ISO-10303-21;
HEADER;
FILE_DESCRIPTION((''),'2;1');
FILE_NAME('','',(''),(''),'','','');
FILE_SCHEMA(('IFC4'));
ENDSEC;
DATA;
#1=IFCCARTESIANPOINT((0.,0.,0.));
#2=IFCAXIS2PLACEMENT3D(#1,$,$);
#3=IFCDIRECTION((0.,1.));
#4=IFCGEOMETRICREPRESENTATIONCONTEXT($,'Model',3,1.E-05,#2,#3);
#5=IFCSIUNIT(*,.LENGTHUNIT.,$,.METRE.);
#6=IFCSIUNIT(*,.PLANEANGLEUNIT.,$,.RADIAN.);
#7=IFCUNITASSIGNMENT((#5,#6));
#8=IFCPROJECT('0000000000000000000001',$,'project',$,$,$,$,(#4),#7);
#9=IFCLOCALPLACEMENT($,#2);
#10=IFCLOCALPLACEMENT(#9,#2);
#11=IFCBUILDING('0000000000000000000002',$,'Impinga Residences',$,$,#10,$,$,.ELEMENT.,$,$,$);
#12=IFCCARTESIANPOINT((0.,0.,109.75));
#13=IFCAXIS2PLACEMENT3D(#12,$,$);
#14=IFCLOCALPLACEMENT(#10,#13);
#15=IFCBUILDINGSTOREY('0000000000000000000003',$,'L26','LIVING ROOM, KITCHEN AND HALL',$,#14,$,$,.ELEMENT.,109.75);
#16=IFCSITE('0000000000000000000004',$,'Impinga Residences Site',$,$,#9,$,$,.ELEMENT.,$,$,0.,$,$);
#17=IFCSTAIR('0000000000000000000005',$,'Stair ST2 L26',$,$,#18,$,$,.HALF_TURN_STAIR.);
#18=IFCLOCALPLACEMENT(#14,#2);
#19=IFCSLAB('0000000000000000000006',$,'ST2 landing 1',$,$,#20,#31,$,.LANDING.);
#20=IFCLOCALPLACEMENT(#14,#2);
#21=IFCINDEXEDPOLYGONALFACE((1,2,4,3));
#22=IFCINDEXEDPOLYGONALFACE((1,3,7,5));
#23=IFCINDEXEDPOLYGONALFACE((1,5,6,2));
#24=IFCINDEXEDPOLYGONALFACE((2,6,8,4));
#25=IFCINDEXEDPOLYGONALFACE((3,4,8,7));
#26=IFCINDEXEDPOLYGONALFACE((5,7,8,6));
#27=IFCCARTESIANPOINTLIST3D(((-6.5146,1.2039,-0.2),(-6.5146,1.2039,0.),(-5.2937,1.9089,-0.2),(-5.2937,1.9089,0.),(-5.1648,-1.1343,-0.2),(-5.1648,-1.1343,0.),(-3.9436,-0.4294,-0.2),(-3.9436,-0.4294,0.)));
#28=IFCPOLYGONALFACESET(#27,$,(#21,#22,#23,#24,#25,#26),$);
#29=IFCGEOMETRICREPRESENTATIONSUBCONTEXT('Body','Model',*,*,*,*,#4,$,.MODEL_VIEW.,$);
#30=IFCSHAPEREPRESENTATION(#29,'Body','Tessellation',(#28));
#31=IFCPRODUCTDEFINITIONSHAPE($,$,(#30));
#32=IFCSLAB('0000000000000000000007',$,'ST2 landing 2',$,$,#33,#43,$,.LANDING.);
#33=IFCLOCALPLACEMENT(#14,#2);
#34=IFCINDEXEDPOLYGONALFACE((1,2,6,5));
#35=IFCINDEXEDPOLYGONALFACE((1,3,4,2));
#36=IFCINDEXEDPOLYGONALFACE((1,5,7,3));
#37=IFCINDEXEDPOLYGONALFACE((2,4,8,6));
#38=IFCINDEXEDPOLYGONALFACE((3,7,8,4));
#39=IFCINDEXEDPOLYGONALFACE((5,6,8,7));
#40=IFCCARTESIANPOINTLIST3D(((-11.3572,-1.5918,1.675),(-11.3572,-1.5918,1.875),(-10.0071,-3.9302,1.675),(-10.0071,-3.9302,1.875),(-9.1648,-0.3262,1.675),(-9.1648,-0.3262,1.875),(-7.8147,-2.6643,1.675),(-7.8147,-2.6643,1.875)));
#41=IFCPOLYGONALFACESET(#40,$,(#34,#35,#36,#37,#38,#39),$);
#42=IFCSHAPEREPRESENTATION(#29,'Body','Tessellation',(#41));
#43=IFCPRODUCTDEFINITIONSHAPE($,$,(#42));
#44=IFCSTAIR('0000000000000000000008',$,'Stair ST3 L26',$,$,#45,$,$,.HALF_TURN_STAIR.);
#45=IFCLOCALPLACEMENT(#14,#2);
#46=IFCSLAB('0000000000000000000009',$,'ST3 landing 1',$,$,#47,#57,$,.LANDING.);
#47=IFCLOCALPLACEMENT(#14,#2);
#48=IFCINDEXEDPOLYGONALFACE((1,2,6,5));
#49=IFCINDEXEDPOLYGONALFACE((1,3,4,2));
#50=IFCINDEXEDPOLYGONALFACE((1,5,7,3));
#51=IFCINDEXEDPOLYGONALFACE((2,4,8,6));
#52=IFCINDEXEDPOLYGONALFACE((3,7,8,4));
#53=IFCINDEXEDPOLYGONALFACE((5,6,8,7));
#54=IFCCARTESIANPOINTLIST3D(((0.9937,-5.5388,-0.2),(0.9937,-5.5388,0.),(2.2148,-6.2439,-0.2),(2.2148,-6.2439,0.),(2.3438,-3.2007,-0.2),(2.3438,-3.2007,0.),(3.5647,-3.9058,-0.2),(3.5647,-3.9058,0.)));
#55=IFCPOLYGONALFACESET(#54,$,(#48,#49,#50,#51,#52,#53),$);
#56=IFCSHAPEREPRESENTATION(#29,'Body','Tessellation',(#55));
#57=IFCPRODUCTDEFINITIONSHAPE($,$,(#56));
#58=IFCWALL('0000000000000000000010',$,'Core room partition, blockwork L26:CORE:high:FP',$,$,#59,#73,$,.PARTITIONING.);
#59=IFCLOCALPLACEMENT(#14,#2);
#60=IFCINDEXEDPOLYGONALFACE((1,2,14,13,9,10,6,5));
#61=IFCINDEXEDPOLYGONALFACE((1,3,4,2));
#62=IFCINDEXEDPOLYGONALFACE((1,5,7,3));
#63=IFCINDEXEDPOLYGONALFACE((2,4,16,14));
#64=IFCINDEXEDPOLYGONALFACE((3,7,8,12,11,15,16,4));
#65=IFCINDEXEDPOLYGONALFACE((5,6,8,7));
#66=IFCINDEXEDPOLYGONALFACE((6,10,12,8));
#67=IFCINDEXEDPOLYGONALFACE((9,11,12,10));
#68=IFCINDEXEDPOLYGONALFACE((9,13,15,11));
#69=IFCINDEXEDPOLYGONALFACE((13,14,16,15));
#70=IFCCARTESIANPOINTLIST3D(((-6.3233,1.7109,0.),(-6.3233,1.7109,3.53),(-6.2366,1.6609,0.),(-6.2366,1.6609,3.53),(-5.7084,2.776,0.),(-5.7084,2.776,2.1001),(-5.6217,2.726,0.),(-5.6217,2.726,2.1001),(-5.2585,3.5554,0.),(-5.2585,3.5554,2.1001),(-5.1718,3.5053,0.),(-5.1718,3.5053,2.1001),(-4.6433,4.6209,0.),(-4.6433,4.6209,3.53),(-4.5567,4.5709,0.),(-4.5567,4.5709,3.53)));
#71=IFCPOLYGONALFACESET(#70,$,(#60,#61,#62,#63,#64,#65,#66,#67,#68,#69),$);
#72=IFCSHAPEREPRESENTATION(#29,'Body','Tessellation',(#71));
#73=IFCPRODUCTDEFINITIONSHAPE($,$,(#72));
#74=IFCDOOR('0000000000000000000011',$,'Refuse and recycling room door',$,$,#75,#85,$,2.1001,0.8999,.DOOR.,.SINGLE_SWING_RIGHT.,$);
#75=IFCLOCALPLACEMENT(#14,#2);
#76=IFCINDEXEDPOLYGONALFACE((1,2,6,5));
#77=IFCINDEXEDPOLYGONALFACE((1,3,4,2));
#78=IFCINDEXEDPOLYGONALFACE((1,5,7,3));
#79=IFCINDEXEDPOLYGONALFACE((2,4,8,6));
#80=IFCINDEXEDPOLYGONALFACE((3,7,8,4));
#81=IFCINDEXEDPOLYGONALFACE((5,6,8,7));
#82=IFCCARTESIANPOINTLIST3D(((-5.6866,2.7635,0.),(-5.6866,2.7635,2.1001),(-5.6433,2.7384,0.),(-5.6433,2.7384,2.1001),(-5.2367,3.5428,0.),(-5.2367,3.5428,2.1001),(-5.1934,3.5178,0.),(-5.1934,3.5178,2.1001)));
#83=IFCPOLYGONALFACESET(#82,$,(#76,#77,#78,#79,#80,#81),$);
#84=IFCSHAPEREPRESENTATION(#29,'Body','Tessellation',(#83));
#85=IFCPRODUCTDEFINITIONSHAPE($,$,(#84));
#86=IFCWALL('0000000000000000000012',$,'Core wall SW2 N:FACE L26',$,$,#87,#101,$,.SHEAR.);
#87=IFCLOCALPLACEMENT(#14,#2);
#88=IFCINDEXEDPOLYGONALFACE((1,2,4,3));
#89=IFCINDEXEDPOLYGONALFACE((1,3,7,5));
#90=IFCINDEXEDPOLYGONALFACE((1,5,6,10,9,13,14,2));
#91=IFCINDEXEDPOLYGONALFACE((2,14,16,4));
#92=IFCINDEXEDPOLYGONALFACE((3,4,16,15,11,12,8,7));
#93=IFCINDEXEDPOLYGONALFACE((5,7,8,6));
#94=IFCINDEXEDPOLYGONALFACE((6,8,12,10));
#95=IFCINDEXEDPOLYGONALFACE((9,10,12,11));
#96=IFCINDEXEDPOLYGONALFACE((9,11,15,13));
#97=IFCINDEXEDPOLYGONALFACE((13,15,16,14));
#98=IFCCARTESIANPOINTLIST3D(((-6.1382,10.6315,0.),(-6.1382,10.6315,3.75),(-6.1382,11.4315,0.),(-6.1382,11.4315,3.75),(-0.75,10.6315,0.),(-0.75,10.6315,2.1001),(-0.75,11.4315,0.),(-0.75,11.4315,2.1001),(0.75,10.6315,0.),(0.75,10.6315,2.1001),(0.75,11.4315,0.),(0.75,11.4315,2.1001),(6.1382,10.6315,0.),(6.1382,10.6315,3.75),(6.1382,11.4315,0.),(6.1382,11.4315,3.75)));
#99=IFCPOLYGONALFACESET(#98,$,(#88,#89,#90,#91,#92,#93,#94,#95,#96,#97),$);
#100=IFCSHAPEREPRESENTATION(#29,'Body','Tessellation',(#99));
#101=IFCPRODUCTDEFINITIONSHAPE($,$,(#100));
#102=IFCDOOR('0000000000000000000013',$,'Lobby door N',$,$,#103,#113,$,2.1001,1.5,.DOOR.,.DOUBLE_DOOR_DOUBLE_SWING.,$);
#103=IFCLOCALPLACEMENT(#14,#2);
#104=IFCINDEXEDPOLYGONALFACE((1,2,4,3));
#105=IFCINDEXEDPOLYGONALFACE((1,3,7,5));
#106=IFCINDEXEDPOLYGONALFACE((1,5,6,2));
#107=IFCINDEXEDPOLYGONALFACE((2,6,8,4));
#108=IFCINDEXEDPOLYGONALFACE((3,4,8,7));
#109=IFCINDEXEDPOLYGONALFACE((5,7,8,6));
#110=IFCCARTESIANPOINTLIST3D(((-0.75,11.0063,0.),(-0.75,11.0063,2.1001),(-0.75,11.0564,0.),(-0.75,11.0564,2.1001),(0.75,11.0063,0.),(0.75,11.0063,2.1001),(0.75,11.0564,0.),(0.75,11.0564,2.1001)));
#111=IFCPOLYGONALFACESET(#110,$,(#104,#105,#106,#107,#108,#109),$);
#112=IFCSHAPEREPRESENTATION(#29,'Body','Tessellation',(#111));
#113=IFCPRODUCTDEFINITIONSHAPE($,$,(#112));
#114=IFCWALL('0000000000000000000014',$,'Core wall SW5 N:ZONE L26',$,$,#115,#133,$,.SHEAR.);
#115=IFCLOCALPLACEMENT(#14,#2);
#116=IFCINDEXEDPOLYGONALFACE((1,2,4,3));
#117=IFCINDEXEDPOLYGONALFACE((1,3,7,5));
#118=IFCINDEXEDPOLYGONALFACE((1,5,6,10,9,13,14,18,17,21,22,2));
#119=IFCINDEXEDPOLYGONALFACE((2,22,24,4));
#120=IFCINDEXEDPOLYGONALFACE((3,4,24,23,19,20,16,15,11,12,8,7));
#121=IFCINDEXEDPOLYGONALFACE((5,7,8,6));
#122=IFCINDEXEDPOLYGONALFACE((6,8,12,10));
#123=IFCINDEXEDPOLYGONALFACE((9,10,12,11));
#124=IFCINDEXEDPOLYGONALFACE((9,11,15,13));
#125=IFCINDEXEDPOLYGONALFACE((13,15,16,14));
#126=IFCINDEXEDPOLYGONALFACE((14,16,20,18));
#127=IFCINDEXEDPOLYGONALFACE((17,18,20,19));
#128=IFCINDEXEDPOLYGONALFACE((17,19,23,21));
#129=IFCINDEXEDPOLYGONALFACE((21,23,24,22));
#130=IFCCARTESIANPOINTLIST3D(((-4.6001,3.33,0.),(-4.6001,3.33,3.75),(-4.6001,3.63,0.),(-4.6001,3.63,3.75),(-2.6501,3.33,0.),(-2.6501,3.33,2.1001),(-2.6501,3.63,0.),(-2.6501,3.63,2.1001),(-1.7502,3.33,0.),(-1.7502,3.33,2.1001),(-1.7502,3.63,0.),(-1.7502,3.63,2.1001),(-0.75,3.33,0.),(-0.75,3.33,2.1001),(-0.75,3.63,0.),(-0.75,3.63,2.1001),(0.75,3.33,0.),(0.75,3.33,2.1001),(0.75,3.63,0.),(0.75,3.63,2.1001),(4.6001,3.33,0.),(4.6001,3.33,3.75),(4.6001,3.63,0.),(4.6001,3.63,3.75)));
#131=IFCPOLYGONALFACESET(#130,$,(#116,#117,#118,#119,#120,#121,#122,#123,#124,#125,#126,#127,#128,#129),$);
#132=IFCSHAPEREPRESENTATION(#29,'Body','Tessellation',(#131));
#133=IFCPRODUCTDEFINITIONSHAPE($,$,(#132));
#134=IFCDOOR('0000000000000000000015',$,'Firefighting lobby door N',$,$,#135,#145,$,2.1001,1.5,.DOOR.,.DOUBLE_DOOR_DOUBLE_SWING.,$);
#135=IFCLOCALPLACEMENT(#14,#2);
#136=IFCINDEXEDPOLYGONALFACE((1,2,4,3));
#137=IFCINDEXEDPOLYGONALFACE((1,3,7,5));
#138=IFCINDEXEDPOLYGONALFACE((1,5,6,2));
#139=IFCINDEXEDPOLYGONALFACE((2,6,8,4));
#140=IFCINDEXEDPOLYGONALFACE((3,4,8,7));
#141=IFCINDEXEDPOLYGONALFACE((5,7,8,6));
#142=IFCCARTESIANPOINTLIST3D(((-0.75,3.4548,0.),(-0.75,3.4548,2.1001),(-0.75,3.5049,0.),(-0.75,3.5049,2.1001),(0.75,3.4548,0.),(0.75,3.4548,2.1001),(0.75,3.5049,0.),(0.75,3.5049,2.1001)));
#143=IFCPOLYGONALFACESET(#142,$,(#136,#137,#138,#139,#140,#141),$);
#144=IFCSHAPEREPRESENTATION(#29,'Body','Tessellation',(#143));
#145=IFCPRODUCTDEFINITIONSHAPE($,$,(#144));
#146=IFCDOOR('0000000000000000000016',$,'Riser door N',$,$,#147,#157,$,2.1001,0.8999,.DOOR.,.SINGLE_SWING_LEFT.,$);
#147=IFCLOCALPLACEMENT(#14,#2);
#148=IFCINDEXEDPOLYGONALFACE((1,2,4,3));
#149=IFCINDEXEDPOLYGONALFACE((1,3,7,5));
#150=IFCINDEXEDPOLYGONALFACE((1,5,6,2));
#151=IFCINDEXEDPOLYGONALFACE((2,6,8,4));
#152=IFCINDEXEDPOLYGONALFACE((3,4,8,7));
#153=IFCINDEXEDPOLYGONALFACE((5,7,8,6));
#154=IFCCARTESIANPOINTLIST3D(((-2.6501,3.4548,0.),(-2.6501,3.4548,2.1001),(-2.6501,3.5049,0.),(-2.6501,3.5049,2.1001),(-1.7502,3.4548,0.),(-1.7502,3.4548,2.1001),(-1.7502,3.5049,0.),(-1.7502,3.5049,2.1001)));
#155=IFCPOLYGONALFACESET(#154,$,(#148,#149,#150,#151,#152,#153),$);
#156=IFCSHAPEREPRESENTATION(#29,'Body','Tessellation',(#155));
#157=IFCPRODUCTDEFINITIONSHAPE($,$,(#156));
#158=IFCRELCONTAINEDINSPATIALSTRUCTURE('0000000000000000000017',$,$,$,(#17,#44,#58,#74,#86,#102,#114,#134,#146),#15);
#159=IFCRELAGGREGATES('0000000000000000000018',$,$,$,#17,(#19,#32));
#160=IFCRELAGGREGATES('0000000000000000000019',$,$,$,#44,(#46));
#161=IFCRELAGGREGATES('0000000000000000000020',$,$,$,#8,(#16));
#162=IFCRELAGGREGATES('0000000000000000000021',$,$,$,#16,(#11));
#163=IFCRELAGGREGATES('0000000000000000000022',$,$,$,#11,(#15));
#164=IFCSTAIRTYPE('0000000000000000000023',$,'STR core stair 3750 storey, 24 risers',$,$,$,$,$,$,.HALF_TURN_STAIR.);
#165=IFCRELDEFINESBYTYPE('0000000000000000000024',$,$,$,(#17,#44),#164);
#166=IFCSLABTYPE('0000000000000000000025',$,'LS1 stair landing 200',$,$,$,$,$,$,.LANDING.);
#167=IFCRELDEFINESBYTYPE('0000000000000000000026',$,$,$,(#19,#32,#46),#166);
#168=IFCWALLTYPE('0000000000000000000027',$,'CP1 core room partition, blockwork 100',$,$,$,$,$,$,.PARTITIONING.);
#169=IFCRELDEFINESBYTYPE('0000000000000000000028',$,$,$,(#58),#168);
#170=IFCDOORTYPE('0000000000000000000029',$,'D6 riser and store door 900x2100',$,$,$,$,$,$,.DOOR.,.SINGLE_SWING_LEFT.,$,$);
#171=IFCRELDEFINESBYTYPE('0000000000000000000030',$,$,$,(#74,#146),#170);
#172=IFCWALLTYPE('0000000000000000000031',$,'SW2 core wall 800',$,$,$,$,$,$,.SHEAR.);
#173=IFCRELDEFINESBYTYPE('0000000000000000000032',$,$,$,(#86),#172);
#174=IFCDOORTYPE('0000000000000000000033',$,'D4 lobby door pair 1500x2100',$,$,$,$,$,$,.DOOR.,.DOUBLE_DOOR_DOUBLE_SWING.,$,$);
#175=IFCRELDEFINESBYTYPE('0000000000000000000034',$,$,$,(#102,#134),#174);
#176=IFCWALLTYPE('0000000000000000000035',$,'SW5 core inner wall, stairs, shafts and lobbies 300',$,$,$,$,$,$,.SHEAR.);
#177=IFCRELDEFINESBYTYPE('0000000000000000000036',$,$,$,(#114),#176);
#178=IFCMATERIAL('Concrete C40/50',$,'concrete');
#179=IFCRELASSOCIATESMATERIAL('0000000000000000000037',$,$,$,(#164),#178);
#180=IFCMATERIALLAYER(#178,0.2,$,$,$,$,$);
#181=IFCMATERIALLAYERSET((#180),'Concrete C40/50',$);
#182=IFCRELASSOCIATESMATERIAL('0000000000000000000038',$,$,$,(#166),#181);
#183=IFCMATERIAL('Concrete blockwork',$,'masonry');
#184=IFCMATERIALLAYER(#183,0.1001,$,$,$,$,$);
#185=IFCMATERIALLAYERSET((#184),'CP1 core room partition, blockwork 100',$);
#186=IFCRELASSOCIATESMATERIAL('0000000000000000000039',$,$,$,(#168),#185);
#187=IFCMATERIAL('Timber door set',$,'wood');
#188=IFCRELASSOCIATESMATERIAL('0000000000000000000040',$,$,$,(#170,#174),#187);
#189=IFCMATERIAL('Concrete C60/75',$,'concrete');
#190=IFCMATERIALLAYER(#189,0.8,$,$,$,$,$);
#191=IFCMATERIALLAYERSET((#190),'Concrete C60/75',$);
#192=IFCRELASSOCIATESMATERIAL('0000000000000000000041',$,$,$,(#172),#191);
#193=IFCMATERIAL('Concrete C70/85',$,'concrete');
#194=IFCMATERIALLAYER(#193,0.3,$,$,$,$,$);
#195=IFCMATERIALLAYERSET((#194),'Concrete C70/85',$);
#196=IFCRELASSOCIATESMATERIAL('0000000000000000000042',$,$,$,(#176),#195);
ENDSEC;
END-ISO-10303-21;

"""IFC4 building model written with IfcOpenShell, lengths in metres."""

from ifc_helpers import new_model, si_unit, direction, frame, frame_2d, origin, place, context, subcontext, project, spatial, polyline, rectangle, outline, extrude, material, layer, layer_set, type_object, element, fill, aggregate, save


model = new_model("IFC4")

# Units and contexts
model_context = context("Model", 3, precision=1e-05, world=origin(), true_north=direction((0.0, 1.0)))
body_context = subcontext(model_context, "Body", "Model", "MODEL_VIEW")
ifc_project = project(units=[si_unit("LENGTHUNIT", "METRE"), si_unit("PLANEANGLEUNIT", "RADIAN")], contexts=[model_context])

# Site, building, storey
site_placement = place(None, origin())
site = spatial("IfcSite", under=ifc_project, at=site_placement, Name="Impinga Residences Site", CompositionType="ELEMENT", RefElevation=0.0)
building_placement = place(site_placement, origin())
building = spatial("IfcBuilding", under=site, at=building_placement, Name="Impinga Residences", CompositionType="ELEMENT")
storey_placement = place(building_placement, frame((0.0, 0.0, 109.75)))
storey = spatial("IfcBuildingStorey", under=building, at=storey_placement, Name="L26", Description="LIVING ROOM, KITCHEN AND HALL", CompositionType="ELEMENT", Elevation=109.75)

# Stair, slabs
ifc_material_1 = material(Name="Concrete C40/50", Category="concrete")
stair_type = type_object("IfcStairType", Name="STR core stair 3750 storey, 24 risers", PredefinedType="HALF_TURN_STAIR", material=ifc_material_1)
stair_1_placement = place(storey_placement, origin())
stair_1 = element("IfcStair", 1, at=stair_1_placement, inside=storey, type_object=stair_type, Name="Stair ST2 L26", PredefinedType="HALF_TURN_STAIR")
ifc_layer_1 = layer(ifc_material_1, 0.2)
ifc_layer_set_1 = layer_set([ifc_layer_1], Name="Concrete C40/50")
slab_type = type_object("IfcSlabType", Name="LS1 stair landing 200", PredefinedType="LANDING", material=ifc_layer_set_1)
slab_1_placement = place(storey_placement, frame((0.0, 0.0, -0.2)))
slab_1 = element("IfcSlab", 2, at=slab_1_placement, type_object=slab_type, Name="ST2 landing 1", PredefinedType="LANDING", context=body_context, shape_type="SweptSolid", body=[
    extrude(outline(polyline([(-3.9436, -0.4294), (-5.2937, 1.9089), (-6.5146, 1.2039), (-5.1648, -1.1343), (-3.9436, -0.4294)])), origin(), (0.0, 0.0, 1.0), 0.2),
])
slab_2_placement = place(storey_placement, frame((0.0, 0.0, 1.675)))
slab_2 = element("IfcSlab", 3, at=slab_2_placement, type_object=slab_type, Name="ST2 landing 2", PredefinedType="LANDING", context=body_context, shape_type="SweptSolid", body=[
    extrude(outline(polyline([(-7.8147, -2.6643), (-9.1648, -0.3262), (-11.3572, -1.5918), (-10.0071, -3.9302), (-7.8147, -2.6643)])), origin(), (0.0, 0.0, 1.0), 0.2),
])
aggregate(stair_1, [slab_1, slab_2])

# Stair, slab
stair_2_placement = place(storey_placement, origin())
stair_2 = element("IfcStair", 4, at=stair_2_placement, inside=storey, type_object=stair_type, Name="Stair ST3 L26", PredefinedType="HALF_TURN_STAIR")
slab_3_placement = place(storey_placement, frame((0.0, 0.0, -0.2)))
slab_3 = element("IfcSlab", 5, at=slab_3_placement, type_object=slab_type, Name="ST3 landing 1", PredefinedType="LANDING", context=body_context, shape_type="SweptSolid", body=[
    extrude(outline(polyline([(2.3438, -3.2007), (0.9937, -5.5388), (2.2148, -6.2439), (3.5647, -3.9058), (2.3438, -3.2007)])), origin(), (0.0, 0.0, 1.0), 0.2),
])
aggregate(stair_2, [slab_3])

# Walls, openings, doors
ifc_material_2 = material(Name="Concrete blockwork", Category="masonry")
ifc_layer_2 = layer(ifc_material_2, 0.1001)
ifc_layer_set_2 = layer_set([ifc_layer_2], Name="CP1 core room partition, blockwork 100")
wall_type_1 = type_object("IfcWallType", Name="CP1 core room partition, blockwork 100", PredefinedType="PARTITIONING", material=ifc_layer_set_2)
wall_1_placement = place(storey_placement, frame((-6.28, 1.6858, 0.0), z_axis=(0.0, 0.0, 1.0), x_axis=(0.499976, 0.866039, 0.0)))
wall_1 = element("IfcWall", 6, at=wall_1_placement, inside=storey, type_object=wall_type_1, Name="Core room partition, blockwork L26:CORE:high:FP", PredefinedType="PARTITIONING", context=body_context, shape_type="SweptSolid", body=[
    extrude(rectangle(XDim=3.3601, YDim=0.1001, at=frame_2d((1.6802, 0.0))), origin(), (0.0, 0.0, 1.0), 3.53),
])
opening_1_placement = place(wall_1_placement, frame((1.23, 0.0, 0.0)))
opening_1 = element("IfcOpeningElement", 7, at=opening_1_placement, cuts=wall_1, PredefinedType="OPENING", context=body_context, shape_type="SweptSolid", body=[
    extrude(rectangle(XDim=0.8999, YDim=2.1001, at=frame_2d((0.45, 1.05))), frame((0.0, 0.0601, 0.0), z_axis=(0.0, -1.0, 0.0), x_axis=(1.0, 0.0, 0.0)), (0.0, 0.0, 1.0), 0.1201),
])
ifc_material_3 = material(Name="Timber door set", Category="wood")
door_type_1 = type_object("IfcDoorType", Name="D6 riser and store door 900x2100", OperationType="SINGLE_SWING_LEFT", PredefinedType="DOOR", material=ifc_material_3)
door_1_placement = place(opening_1_placement, origin())
door_1 = element("IfcDoor", 8, at=door_1_placement, inside=storey, type_object=door_type_1, Name="Refuse and recycling room door", OperationType="SINGLE_SWING_RIGHT", OverallHeight=2.1001, OverallWidth=0.8999, PredefinedType="DOOR", context=body_context, shape_type="SweptSolid", body=[
    extrude(rectangle(XDim=0.8999, YDim=2.1001, at=frame_2d((0.45, 1.05))), frame((0.0, 0.0249, 0.0), z_axis=(0.0, -1.0, 0.0), x_axis=(1.0, 0.0, 0.0)), (0.0, 0.0, 1.0), 0.05),
])
fill(opening_1, door_1)
ifc_material_4 = material(Name="Concrete C60/75", Category="concrete")
ifc_layer_3 = layer(ifc_material_4, 0.8)
ifc_layer_set_3 = layer_set([ifc_layer_3], Name="Concrete C60/75")
wall_type_2 = type_object("IfcWallType", Name="SW2 core wall 800", PredefinedType="SHEAR", material=ifc_layer_set_3)
wall_2_placement = place(storey_placement, frame((-6.1382, 11.0315, 0.0), z_axis=(0.0, 0.0, 1.0), x_axis=(1.0, 0.0, 0.0)))
wall_2 = element("IfcWall", 9, at=wall_2_placement, inside=storey, type_object=wall_type_2, Name="Core wall SW2 N:FACE L26", PredefinedType="SHEAR", context=body_context, shape_type="SweptSolid", body=[
    extrude(rectangle(XDim=12.2764, YDim=0.8, at=frame_2d((6.1382, 0.0))), origin(), (0.0, 0.0, 1.0), 3.75),
])
opening_2_placement = place(wall_2_placement, frame((5.3882, 0.0, 0.0)))
opening_2 = element("IfcOpeningElement", 10, at=opening_2_placement, cuts=wall_2, PredefinedType="OPENING", context=body_context, shape_type="SweptSolid", body=[
    extrude(rectangle(XDim=1.5, YDim=2.1001, at=frame_2d((0.75, 1.05))), frame((0.0, 0.4099, 0.0), z_axis=(0.0, -1.0, 0.0), x_axis=(1.0, 0.0, 0.0)), (0.0, 0.0, 1.0), 0.8201),
])
door_type_2 = type_object("IfcDoorType", Name="D4 lobby door pair 1500x2100", OperationType="DOUBLE_DOOR_DOUBLE_SWING", PredefinedType="DOOR", material=ifc_material_3)
door_2_placement = place(opening_2_placement, origin())
door_2 = element("IfcDoor", 11, at=door_2_placement, inside=storey, type_object=door_type_2, Name="Lobby door N", OperationType="DOUBLE_DOOR_DOUBLE_SWING", OverallHeight=2.1001, OverallWidth=1.5, PredefinedType="DOOR", context=body_context, shape_type="SweptSolid", body=[
    extrude(rectangle(XDim=1.5, YDim=2.1001, at=frame_2d((0.75, 1.05))), frame((0.0, 0.0249, 0.0), z_axis=(0.0, -1.0, 0.0), x_axis=(1.0, 0.0, 0.0)), (0.0, 0.0, 1.0), 0.05),
])
fill(opening_2, door_2)

# Wall, openings, doors
ifc_material_5 = material(Name="Concrete C70/85", Category="concrete")
ifc_layer_4 = layer(ifc_material_5, 0.3)
ifc_layer_set_4 = layer_set([ifc_layer_4], Name="Concrete C70/85")
wall_type_3 = type_object("IfcWallType", Name="SW5 core inner wall, stairs, shafts and lobbies 300", PredefinedType="SHEAR", material=ifc_layer_set_4)
wall_3_placement = place(storey_placement, frame((-4.6001, 3.48, 0.0), z_axis=(0.0, 0.0, 1.0), x_axis=(1.0, 0.0, 0.0)))
wall_3 = element("IfcWall", 12, at=wall_3_placement, inside=storey, type_object=wall_type_3, Name="Core wall SW5 N:ZONE L26", PredefinedType="SHEAR", context=body_context, shape_type="SweptSolid", body=[
    extrude(rectangle(XDim=9.2002, YDim=0.3, at=frame_2d((4.6001, 0.0))), origin(), (0.0, 0.0, 1.0), 3.75),
])
opening_3_placement = place(wall_3_placement, frame((3.8501, 0.0, 0.0)))
opening_3 = element("IfcOpeningElement", 13, at=opening_3_placement, cuts=wall_3, PredefinedType="OPENING", context=body_context, shape_type="SweptSolid", body=[
    extrude(rectangle(XDim=1.5, YDim=2.1001, at=frame_2d((0.75, 1.05))), frame((0.0, 0.1599, 0.0), z_axis=(0.0, -1.0, 0.0), x_axis=(1.0, 0.0, 0.0)), (0.0, 0.0, 1.0), 0.3201),
])
opening_4_placement = place(wall_3_placement, frame((1.95, 0.0, 0.0)))
opening_4 = element("IfcOpeningElement", 14, at=opening_4_placement, cuts=wall_3, PredefinedType="OPENING", context=body_context, shape_type="SweptSolid", body=[
    extrude(rectangle(XDim=0.8999, YDim=2.1001, at=frame_2d((0.45, 1.05))), frame((0.0, 0.1599, 0.0), z_axis=(0.0, -1.0, 0.0), x_axis=(1.0, 0.0, 0.0)), (0.0, 0.0, 1.0), 0.3201),
])
door_3_placement = place(opening_3_placement, origin())
door_3 = element("IfcDoor", 15, at=door_3_placement, inside=storey, type_object=door_type_2, Name="Firefighting lobby door N", OperationType="DOUBLE_DOOR_DOUBLE_SWING", OverallHeight=2.1001, OverallWidth=1.5, PredefinedType="DOOR", context=body_context, shape_type="SweptSolid", body=[
    extrude(rectangle(XDim=1.5, YDim=2.1001, at=frame_2d((0.75, 1.05))), frame((0.0, 0.0249, 0.0), z_axis=(0.0, -1.0, 0.0), x_axis=(1.0, 0.0, 0.0)), (0.0, 0.0, 1.0), 0.05),
])
fill(opening_3, door_3)
door_4_placement = place(opening_4_placement, origin())
door_4 = element("IfcDoor", 16, at=door_4_placement, inside=storey, type_object=door_type_1, Name="Riser door N", OperationType="SINGLE_SWING_LEFT", OverallHeight=2.1001, OverallWidth=0.8999, PredefinedType="DOOR", context=body_context, shape_type="SweptSolid", body=[
    extrude(rectangle(XDim=0.8999, YDim=2.1001, at=frame_2d((0.45, 1.05))), frame((0.0, 0.0249, 0.0), z_axis=(0.0, -1.0, 0.0), x_axis=(1.0, 0.0, 0.0)), (0.0, 0.0, 1.0), 0.05),
])
fill(opening_4, door_4)

save(model, "model.ifc")
